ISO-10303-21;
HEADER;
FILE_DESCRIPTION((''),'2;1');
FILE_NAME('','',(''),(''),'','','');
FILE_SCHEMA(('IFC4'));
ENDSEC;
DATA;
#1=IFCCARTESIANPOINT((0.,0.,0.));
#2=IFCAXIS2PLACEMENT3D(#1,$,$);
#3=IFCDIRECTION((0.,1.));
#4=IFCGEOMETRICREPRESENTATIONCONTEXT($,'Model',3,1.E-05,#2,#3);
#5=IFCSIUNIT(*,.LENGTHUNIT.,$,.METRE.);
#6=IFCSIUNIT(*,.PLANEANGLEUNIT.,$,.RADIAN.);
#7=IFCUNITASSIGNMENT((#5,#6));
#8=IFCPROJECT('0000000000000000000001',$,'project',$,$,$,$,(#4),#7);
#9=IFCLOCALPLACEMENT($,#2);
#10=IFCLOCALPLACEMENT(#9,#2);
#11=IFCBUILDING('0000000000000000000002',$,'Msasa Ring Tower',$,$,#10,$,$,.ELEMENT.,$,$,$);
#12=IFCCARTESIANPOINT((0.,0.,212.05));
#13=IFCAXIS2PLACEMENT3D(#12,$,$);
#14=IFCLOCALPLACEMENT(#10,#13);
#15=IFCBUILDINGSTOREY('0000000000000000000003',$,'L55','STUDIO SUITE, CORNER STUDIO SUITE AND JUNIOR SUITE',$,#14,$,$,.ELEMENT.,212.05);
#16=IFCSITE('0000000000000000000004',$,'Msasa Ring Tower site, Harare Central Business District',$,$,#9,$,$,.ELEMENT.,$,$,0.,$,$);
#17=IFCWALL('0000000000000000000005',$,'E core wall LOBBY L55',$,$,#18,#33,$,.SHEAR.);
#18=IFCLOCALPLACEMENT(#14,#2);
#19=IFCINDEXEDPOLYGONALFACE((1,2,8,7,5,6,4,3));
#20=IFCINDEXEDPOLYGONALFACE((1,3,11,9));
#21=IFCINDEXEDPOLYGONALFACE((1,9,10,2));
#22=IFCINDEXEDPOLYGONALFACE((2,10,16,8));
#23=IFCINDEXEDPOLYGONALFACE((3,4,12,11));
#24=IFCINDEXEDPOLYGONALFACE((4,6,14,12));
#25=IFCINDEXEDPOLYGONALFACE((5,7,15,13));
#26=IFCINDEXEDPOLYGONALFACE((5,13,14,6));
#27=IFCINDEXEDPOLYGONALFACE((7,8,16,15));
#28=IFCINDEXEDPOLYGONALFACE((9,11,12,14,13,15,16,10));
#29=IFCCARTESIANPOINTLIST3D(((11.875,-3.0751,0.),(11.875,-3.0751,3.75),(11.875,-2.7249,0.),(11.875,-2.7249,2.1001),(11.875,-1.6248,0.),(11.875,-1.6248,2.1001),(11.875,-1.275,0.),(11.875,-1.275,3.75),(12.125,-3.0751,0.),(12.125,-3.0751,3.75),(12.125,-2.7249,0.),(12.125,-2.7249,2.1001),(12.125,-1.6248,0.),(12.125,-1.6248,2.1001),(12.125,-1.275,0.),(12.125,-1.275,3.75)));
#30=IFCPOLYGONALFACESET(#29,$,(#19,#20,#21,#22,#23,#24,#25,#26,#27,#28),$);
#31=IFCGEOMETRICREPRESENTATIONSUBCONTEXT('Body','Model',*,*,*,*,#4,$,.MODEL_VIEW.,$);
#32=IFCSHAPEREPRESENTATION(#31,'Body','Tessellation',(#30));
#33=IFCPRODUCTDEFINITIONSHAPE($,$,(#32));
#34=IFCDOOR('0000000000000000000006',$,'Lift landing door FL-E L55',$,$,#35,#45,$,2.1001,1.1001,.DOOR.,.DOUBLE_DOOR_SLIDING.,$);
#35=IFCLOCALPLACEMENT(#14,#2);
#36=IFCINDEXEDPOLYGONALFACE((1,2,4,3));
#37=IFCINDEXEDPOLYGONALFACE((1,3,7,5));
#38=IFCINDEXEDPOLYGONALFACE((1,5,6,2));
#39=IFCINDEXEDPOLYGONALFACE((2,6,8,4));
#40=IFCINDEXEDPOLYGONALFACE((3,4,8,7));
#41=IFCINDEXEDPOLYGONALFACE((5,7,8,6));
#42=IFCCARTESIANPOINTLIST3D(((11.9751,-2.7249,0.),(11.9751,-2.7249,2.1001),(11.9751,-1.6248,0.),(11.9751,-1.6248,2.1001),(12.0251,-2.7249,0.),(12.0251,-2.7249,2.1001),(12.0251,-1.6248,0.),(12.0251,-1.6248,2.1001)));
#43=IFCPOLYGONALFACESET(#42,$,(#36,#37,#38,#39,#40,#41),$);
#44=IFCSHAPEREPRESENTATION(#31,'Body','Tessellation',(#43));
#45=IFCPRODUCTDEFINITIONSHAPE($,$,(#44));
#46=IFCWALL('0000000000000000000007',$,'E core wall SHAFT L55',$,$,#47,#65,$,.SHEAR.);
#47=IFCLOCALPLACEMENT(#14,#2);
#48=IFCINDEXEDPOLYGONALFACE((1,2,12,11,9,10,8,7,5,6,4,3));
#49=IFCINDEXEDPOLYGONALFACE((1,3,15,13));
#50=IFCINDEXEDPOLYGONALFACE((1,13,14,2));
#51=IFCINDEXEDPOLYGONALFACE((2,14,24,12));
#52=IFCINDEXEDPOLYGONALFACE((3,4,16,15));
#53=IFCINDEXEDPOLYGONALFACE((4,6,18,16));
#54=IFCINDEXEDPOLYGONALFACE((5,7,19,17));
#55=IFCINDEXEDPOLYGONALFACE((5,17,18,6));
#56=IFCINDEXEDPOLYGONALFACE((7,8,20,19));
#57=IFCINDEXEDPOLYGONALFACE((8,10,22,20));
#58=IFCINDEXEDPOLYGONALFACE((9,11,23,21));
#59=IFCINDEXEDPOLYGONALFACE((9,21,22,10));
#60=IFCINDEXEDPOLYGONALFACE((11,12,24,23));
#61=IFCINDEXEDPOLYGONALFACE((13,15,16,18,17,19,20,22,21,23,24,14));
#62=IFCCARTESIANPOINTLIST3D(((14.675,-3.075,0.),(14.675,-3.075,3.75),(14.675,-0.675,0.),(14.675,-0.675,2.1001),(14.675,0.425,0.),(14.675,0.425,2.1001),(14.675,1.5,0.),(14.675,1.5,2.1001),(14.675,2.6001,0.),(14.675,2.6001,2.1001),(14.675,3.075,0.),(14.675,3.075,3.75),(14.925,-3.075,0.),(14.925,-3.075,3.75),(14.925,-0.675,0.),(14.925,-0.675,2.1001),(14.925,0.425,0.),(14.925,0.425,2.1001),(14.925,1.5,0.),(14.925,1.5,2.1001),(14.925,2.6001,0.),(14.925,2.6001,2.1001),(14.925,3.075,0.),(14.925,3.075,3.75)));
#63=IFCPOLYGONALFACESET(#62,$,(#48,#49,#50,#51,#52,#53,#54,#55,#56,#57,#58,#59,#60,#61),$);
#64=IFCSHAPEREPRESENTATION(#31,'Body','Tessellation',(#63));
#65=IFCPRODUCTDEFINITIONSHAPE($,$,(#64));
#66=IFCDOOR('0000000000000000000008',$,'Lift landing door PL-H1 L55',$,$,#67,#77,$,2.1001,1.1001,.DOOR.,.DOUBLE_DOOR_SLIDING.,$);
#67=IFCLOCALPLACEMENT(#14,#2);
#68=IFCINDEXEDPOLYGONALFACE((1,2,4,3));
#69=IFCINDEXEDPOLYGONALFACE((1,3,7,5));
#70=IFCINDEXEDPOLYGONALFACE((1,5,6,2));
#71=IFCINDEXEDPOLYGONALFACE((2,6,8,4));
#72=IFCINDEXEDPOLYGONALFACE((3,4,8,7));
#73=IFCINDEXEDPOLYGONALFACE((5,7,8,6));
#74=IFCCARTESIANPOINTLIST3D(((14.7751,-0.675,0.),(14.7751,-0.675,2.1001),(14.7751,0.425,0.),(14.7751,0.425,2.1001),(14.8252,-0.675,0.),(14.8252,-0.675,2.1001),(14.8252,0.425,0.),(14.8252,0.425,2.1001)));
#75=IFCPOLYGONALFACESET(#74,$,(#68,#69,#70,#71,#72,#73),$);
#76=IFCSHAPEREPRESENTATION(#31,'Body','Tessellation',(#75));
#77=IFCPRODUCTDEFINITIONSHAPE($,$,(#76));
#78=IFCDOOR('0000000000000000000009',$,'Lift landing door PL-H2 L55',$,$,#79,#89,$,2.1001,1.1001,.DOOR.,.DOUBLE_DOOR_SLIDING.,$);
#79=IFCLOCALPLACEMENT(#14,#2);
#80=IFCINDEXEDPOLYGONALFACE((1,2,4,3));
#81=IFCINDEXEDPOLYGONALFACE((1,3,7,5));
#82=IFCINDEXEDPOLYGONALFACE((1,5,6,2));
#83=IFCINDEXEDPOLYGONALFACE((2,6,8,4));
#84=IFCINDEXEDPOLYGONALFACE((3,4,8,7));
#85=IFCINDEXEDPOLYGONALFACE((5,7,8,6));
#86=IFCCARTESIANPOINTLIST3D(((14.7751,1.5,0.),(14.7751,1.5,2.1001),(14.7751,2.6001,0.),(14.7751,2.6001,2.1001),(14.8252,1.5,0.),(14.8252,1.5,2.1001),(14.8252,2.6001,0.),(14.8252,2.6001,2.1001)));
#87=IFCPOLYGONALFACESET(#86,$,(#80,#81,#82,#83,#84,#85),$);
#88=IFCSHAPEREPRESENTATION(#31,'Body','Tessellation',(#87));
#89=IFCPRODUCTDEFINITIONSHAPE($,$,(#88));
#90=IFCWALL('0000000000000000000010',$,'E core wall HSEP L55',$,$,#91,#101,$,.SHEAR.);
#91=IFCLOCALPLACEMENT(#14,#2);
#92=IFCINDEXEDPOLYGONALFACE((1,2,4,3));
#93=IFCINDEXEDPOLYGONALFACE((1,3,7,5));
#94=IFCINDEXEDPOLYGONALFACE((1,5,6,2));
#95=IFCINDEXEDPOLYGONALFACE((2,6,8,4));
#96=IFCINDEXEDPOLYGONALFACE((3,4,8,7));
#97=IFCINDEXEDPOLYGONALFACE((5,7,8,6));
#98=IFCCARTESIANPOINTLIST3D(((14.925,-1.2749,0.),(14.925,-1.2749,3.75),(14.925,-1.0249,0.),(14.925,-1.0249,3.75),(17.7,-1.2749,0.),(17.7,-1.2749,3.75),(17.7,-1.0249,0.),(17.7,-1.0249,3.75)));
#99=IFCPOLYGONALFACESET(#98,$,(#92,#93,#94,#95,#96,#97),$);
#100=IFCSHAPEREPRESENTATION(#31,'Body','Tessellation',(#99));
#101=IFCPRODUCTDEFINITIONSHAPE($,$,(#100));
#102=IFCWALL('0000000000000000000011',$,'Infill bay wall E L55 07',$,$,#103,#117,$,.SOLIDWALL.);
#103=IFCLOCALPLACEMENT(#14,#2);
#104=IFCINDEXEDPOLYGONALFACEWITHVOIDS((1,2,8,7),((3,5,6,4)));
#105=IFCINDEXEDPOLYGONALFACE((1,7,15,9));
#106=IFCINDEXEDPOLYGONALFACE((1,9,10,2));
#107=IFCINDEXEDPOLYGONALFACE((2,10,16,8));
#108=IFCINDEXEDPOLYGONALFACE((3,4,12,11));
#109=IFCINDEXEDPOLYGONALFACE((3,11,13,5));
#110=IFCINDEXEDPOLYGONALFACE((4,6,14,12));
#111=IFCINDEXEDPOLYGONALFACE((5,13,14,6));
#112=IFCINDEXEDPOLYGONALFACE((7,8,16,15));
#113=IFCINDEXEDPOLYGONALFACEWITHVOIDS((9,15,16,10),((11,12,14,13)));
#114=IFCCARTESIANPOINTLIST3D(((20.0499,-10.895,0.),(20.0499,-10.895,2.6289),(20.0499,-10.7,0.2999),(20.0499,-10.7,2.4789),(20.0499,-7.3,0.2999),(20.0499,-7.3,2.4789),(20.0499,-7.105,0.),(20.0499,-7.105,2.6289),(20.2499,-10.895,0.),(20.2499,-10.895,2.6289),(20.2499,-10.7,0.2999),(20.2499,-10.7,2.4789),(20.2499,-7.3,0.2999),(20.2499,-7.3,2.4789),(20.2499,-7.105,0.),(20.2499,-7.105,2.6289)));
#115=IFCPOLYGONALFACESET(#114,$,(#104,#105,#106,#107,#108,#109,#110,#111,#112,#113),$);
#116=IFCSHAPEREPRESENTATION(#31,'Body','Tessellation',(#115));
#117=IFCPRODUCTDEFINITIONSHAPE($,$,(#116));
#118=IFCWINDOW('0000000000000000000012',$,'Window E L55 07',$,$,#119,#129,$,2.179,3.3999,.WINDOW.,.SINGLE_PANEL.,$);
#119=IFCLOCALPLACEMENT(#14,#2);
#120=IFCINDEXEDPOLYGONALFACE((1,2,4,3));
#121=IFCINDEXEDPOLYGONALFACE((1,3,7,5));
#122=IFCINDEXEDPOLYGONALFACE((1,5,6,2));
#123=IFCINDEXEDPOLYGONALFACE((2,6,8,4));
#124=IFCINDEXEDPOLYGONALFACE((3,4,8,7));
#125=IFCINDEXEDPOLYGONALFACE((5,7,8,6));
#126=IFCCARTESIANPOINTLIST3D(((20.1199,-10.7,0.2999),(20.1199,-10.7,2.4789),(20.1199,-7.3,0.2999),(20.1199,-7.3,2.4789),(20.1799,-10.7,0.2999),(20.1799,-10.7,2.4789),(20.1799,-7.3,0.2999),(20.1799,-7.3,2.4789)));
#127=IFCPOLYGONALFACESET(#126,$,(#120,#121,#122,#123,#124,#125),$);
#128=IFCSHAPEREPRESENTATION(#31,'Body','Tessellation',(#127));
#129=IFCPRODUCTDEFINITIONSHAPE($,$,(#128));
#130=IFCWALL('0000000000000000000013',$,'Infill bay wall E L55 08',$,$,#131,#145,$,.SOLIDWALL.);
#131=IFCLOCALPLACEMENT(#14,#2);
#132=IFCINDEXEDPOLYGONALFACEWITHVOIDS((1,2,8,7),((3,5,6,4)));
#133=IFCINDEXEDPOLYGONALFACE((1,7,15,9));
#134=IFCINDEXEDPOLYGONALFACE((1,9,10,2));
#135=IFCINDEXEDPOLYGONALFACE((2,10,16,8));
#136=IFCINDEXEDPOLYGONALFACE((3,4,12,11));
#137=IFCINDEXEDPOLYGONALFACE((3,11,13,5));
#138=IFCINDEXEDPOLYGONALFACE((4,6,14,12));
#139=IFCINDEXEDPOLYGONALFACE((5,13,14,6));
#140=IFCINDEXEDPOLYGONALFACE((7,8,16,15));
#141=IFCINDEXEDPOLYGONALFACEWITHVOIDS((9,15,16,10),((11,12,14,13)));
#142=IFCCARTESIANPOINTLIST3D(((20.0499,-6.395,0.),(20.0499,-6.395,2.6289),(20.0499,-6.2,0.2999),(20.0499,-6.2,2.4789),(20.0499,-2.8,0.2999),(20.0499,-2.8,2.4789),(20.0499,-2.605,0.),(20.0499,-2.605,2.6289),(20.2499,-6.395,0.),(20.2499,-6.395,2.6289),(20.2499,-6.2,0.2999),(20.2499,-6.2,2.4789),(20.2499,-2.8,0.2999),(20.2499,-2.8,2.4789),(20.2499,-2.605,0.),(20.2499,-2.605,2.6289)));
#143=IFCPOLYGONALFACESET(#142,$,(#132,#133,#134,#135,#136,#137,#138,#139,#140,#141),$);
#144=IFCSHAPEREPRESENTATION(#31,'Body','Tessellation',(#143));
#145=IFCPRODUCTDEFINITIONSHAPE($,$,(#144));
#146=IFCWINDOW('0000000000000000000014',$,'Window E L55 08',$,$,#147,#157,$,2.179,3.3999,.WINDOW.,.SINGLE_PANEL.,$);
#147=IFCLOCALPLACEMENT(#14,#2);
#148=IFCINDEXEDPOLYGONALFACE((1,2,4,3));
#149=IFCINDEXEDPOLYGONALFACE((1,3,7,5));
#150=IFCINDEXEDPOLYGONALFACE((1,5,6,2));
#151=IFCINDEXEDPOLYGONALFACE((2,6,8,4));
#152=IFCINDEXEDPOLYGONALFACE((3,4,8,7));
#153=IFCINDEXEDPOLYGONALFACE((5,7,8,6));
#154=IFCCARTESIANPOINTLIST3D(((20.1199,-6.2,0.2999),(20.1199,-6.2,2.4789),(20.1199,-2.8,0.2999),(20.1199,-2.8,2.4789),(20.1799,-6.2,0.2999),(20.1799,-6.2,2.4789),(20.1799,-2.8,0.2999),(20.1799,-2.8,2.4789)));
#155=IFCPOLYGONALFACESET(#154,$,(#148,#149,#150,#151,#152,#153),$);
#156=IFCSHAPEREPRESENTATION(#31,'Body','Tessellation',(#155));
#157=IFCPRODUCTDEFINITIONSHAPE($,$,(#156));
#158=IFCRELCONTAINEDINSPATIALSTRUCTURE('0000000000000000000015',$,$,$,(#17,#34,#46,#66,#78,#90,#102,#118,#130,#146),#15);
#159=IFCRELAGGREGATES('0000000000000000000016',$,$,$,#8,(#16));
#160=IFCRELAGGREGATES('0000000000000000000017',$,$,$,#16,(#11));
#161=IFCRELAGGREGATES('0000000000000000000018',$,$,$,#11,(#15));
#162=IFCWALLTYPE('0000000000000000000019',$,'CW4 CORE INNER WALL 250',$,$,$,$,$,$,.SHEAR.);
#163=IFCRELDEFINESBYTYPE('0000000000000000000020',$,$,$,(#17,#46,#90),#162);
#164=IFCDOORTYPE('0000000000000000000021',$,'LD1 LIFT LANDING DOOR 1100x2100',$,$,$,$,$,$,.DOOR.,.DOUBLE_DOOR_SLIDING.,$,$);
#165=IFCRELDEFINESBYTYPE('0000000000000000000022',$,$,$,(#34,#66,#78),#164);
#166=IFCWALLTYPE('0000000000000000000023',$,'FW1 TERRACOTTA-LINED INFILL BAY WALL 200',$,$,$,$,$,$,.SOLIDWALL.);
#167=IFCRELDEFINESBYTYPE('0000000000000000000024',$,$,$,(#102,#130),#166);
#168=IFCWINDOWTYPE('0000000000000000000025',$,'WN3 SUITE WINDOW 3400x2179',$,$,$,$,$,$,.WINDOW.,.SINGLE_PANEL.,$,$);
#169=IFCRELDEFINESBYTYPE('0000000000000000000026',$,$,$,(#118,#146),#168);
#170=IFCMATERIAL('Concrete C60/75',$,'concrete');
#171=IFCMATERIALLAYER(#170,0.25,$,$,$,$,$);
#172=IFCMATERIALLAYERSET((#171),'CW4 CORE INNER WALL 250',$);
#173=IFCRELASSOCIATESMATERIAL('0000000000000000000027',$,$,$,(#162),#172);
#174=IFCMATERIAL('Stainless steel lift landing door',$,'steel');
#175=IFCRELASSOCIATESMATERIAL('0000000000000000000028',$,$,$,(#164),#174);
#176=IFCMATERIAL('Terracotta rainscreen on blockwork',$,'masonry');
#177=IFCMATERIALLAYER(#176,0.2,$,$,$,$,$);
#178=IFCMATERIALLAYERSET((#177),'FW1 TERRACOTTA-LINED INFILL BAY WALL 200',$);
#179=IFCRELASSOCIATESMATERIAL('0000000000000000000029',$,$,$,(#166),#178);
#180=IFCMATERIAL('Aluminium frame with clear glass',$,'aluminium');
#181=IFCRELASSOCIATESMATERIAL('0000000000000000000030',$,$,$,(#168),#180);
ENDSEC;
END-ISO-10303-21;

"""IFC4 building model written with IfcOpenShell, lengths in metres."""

from ifc_helpers import new_model, si_unit, direction, frame, frame_2d, origin, place, context, subcontext, project, spatial, rectangle, extrude, material, layer, layer_set, type_object, element, fill, save


model = new_model("IFC4")

# Units and contexts
model_context = context("Model", 3, precision=1e-05, world=origin(), true_north=direction((0.0, 1.0)))
body_context = subcontext(model_context, "Body", "Model", "MODEL_VIEW")
ifc_project = project(units=[si_unit("LENGTHUNIT", "METRE"), si_unit("PLANEANGLEUNIT", "RADIAN")], contexts=[model_context])

# Site, building, storey
site_placement = place(None, origin())
site = spatial("IfcSite", under=ifc_project, at=site_placement, Name="Msasa Ring Tower site, Harare Central Business District", CompositionType="ELEMENT", RefElevation=0.0)
building_placement = place(site_placement, origin())
building = spatial("IfcBuilding", under=site, at=building_placement, Name="Msasa Ring Tower", CompositionType="ELEMENT")
storey_placement = place(building_placement, frame((0.0, 0.0, 212.05)))
storey = spatial("IfcBuildingStorey", under=building, at=storey_placement, Name="L55", Description="STUDIO SUITE, CORNER STUDIO SUITE AND JUNIOR SUITE", CompositionType="ELEMENT", Elevation=212.05)

# Shared definitions
ifc_material_1 = material(Name="Concrete C60/75", Category="concrete")
ifc_layer_1 = layer(ifc_material_1, 0.25)
ifc_layer_set_1 = layer_set([ifc_layer_1], Name="CW4 CORE INNER WALL 250")
wall_type_1 = type_object("IfcWallType", Name="CW4 CORE INNER WALL 250", PredefinedType="SHEAR", material=ifc_layer_set_1)

# Wall, opening, door
wall_1_placement = place(storey_placement, frame((12.0, -3.075, 0.0), z_axis=(0.0, 0.0, 1.0), x_axis=(0.0, 1.0, 0.0)))
wall_1 = element("IfcWall", 1, at=wall_1_placement, inside=storey, type_object=wall_type_1, Name="E core wall LOBBY L55", PredefinedType="SHEAR", context=body_context, shape_type="SweptSolid", body=[
    extrude(rectangle(XDim=1.8, YDim=0.25, at=frame_2d((0.8999, 0.0))), origin(), (0.0, 0.0, 1.0), 3.75),
])
opening_1_placement = place(wall_1_placement, frame((0.3501, 0.0, 0.0)))
opening_1 = element("IfcOpeningElement", 2, at=opening_1_placement, cuts=wall_1, PredefinedType="OPENING", context=body_context, shape_type="SweptSolid", body=[
    extrude(rectangle(XDim=1.1001, YDim=2.1001, at=frame_2d((0.55, 1.05))), frame((0.0, 0.135, 0.0), z_axis=(0.0, -1.0, 0.0), x_axis=(1.0, 0.0, 0.0)), (0.0, 0.0, 1.0), 0.27),
])
ifc_material_2 = material(Name="Stainless steel lift landing door", Category="steel")
door_type_1 = type_object("IfcDoorType", Name="LD1 LIFT LANDING DOOR 1100x2100", OperationType="DOUBLE_DOOR_SLIDING", PredefinedType="DOOR", material=ifc_material_2)
door_1_placement = place(opening_1_placement, origin())
door_1 = element("IfcDoor", 3, at=door_1_placement, inside=storey, type_object=door_type_1, Name="Lift landing door FL-E L55", OperationType="DOUBLE_DOOR_SLIDING", OverallHeight=2.1001, OverallWidth=1.1001, PredefinedType="DOOR", context=body_context, shape_type="SweptSolid", body=[
    extrude(rectangle(XDim=1.1001, YDim=2.1001, at=frame_2d((0.55, 1.05))), frame((0.0, 0.0249, 0.0), z_axis=(0.0, -1.0, 0.0), x_axis=(1.0, 0.0, 0.0)), (0.0, 0.0, 1.0), 0.05),
])
fill(opening_1, door_1)

# Wall, openings, doors
wall_2_placement = place(storey_placement, frame((14.8, -3.075, 0.0), z_axis=(0.0, 0.0, 1.0), x_axis=(0.0, 1.0, 0.0)))
wall_2 = element("IfcWall", 4, at=wall_2_placement, inside=storey, type_object=wall_type_1, Name="E core wall SHAFT L55", PredefinedType="SHEAR", context=body_context, shape_type="SweptSolid", body=[
    extrude(rectangle(XDim=6.1499, YDim=0.25, at=frame_2d((3.075, 0.0))), origin(), (0.0, 0.0, 1.0), 3.75),
])
opening_2_placement = place(wall_2_placement, frame((2.3999, 0.0, 0.0)))
opening_2 = element("IfcOpeningElement", 5, at=opening_2_placement, cuts=wall_2, PredefinedType="OPENING", context=body_context, shape_type="SweptSolid", body=[
    extrude(rectangle(XDim=1.1001, YDim=2.1001, at=frame_2d((0.55, 1.05))), frame((0.0, 0.135, 0.0), z_axis=(0.0, -1.0, 0.0), x_axis=(1.0, 0.0, 0.0)), (0.0, 0.0, 1.0), 0.27),
])
opening_3_placement = place(wall_2_placement, frame((4.575, 0.0, 0.0)))
opening_3 = element("IfcOpeningElement", 6, at=opening_3_placement, cuts=wall_2, PredefinedType="OPENING", context=body_context, shape_type="SweptSolid", body=[
    extrude(rectangle(XDim=1.1001, YDim=2.1001, at=frame_2d((0.55, 1.05))), frame((0.0, 0.135, 0.0), z_axis=(0.0, -1.0, 0.0), x_axis=(1.0, 0.0, 0.0)), (0.0, 0.0, 1.0), 0.27),
])
door_2_placement = place(opening_2_placement, origin())
door_2 = element("IfcDoor", 7, at=door_2_placement, inside=storey, type_object=door_type_1, Name="Lift landing door PL-H1 L55", OperationType="DOUBLE_DOOR_SLIDING", OverallHeight=2.1001, OverallWidth=1.1001, PredefinedType="DOOR", context=body_context, shape_type="SweptSolid", body=[
    extrude(rectangle(XDim=1.1001, YDim=2.1001, at=frame_2d((0.55, 1.05))), frame((0.0, 0.0249, 0.0), z_axis=(0.0, -1.0, 0.0), x_axis=(1.0, 0.0, 0.0)), (0.0, 0.0, 1.0), 0.05),
])
fill(opening_2, door_2)
door_3_placement = place(opening_3_placement, origin())
door_3 = element("IfcDoor", 8, at=door_3_placement, inside=storey, type_object=door_type_1, Name="Lift landing door PL-H2 L55", OperationType="DOUBLE_DOOR_SLIDING", OverallHeight=2.1001, OverallWidth=1.1001, PredefinedType="DOOR", context=body_context, shape_type="SweptSolid", body=[
    extrude(rectangle(XDim=1.1001, YDim=2.1001, at=frame_2d((0.55, 1.05))), frame((0.0, 0.0249, 0.0), z_axis=(0.0, -1.0, 0.0), x_axis=(1.0, 0.0, 0.0)), (0.0, 0.0, 1.0), 0.05),
])
fill(opening_3, door_3)

# Wall
wall_3_placement = place(storey_placement, frame((14.925, -1.1499, 0.0), z_axis=(0.0, 0.0, 1.0), x_axis=(1.0, 0.0, 0.0)))
element("IfcWall", 9, at=wall_3_placement, inside=storey, type_object=wall_type_1, Name="E core wall HSEP L55", PredefinedType="SHEAR", context=body_context, shape_type="SweptSolid", body=[
    extrude(rectangle(XDim=2.7749, YDim=0.25, at=frame_2d((1.3875, 0.0))), origin(), (0.0, 0.0, 1.0), 3.75),
])

# Walls, openings, windows
ifc_material_3 = material(Name="Terracotta rainscreen on blockwork", Category="masonry")
ifc_layer_2 = layer(ifc_material_3, 0.2)
ifc_layer_set_2 = layer_set([ifc_layer_2], Name="FW1 TERRACOTTA-LINED INFILL BAY WALL 200")
wall_type_2 = type_object("IfcWallType", Name="FW1 TERRACOTTA-LINED INFILL BAY WALL 200", PredefinedType="SOLIDWALL", material=ifc_layer_set_2)
wall_4_placement = place(storey_placement, frame((20.1499, -10.895, 0.0), z_axis=(0.0, 0.0, 1.0), x_axis=(0.0, 1.0, 0.0)))
wall_4 = element("IfcWall", 10, at=wall_4_placement, inside=storey, type_object=wall_type_2, Name="Infill bay wall E L55 07", PredefinedType="SOLIDWALL", context=body_context, shape_type="SweptSolid", body=[
    extrude(rectangle(XDim=3.79, YDim=0.2, at=frame_2d((1.895, 0.0))), origin(), (0.0, 0.0, 1.0), 2.6289),
])
opening_4_placement = place(wall_4_placement, frame((0.1951, 0.0, 0.3)))
opening_4 = element("IfcOpeningElement", 11, at=opening_4_placement, cuts=wall_4, PredefinedType="OPENING", context=body_context, shape_type="SweptSolid", body=[
    extrude(rectangle(XDim=3.3999, YDim=2.179, at=frame_2d((1.7, 1.0894))), frame((0.0, 0.1099, 0.0), z_axis=(0.0, -1.0, 0.0), x_axis=(1.0, 0.0, 0.0)), (0.0, 0.0, 1.0), 0.22),
])
ifc_material_4 = material(Name="Aluminium frame with clear glass", Category="aluminium")
window_type = type_object("IfcWindowType", Name="WN3 SUITE WINDOW 3400x2179", PartitioningType="SINGLE_PANEL", PredefinedType="WINDOW", material=ifc_material_4)
window_1_placement = place(opening_4_placement, origin())
window_1 = element("IfcWindow", 12, at=window_1_placement, inside=storey, type_object=window_type, Name="Window E L55 07", OverallHeight=2.179, OverallWidth=3.3999, PartitioningType="SINGLE_PANEL", PredefinedType="WINDOW", context=body_context, shape_type="SweptSolid", body=[
    extrude(rectangle(XDim=3.3999, YDim=2.179, at=frame_2d((1.7, 1.0894))), frame((0.0, 0.03, 0.0), z_axis=(0.0, -1.0, 0.0), x_axis=(1.0, 0.0, 0.0)), (0.0, 0.0, 1.0), 0.0601),
])
fill(opening_4, window_1)
wall_5_placement = place(storey_placement, frame((20.1499, -6.395, 0.0), z_axis=(0.0, 0.0, 1.0), x_axis=(0.0, 1.0, 0.0)))
wall_5 = element("IfcWall", 13, at=wall_5_placement, inside=storey, type_object=wall_type_2, Name="Infill bay wall E L55 08", PredefinedType="SOLIDWALL", context=body_context, shape_type="SweptSolid", body=[
    extrude(rectangle(XDim=3.79, YDim=0.2, at=frame_2d((1.895, 0.0))), origin(), (0.0, 0.0, 1.0), 2.6289),
])
opening_5_placement = place(wall_5_placement, frame((0.1951, 0.0, 0.3)))
opening_5 = element("IfcOpeningElement", 14, at=opening_5_placement, cuts=wall_5, PredefinedType="OPENING", context=body_context, shape_type="SweptSolid", body=[
    extrude(rectangle(XDim=3.3999, YDim=2.179, at=frame_2d((1.7, 1.0894))), frame((0.0, 0.1099, 0.0), z_axis=(0.0, -1.0, 0.0), x_axis=(1.0, 0.0, 0.0)), (0.0, 0.0, 1.0), 0.22),
])
window_2_placement = place(opening_5_placement, origin())
window_2 = element("IfcWindow", 15, at=window_2_placement, inside=storey, type_object=window_type, Name="Window E L55 08", OverallHeight=2.179, OverallWidth=3.3999, PartitioningType="SINGLE_PANEL", PredefinedType="WINDOW", context=body_context, shape_type="SweptSolid", body=[
    extrude(rectangle(XDim=3.3999, YDim=2.179, at=frame_2d((1.7, 1.0894))), frame((0.0, 0.03, 0.0), z_axis=(0.0, -1.0, 0.0), x_axis=(1.0, 0.0, 0.0)), (0.0, 0.0, 1.0), 0.0601),
])
fill(opening_5, window_2)

save(model, "model.ifc")
